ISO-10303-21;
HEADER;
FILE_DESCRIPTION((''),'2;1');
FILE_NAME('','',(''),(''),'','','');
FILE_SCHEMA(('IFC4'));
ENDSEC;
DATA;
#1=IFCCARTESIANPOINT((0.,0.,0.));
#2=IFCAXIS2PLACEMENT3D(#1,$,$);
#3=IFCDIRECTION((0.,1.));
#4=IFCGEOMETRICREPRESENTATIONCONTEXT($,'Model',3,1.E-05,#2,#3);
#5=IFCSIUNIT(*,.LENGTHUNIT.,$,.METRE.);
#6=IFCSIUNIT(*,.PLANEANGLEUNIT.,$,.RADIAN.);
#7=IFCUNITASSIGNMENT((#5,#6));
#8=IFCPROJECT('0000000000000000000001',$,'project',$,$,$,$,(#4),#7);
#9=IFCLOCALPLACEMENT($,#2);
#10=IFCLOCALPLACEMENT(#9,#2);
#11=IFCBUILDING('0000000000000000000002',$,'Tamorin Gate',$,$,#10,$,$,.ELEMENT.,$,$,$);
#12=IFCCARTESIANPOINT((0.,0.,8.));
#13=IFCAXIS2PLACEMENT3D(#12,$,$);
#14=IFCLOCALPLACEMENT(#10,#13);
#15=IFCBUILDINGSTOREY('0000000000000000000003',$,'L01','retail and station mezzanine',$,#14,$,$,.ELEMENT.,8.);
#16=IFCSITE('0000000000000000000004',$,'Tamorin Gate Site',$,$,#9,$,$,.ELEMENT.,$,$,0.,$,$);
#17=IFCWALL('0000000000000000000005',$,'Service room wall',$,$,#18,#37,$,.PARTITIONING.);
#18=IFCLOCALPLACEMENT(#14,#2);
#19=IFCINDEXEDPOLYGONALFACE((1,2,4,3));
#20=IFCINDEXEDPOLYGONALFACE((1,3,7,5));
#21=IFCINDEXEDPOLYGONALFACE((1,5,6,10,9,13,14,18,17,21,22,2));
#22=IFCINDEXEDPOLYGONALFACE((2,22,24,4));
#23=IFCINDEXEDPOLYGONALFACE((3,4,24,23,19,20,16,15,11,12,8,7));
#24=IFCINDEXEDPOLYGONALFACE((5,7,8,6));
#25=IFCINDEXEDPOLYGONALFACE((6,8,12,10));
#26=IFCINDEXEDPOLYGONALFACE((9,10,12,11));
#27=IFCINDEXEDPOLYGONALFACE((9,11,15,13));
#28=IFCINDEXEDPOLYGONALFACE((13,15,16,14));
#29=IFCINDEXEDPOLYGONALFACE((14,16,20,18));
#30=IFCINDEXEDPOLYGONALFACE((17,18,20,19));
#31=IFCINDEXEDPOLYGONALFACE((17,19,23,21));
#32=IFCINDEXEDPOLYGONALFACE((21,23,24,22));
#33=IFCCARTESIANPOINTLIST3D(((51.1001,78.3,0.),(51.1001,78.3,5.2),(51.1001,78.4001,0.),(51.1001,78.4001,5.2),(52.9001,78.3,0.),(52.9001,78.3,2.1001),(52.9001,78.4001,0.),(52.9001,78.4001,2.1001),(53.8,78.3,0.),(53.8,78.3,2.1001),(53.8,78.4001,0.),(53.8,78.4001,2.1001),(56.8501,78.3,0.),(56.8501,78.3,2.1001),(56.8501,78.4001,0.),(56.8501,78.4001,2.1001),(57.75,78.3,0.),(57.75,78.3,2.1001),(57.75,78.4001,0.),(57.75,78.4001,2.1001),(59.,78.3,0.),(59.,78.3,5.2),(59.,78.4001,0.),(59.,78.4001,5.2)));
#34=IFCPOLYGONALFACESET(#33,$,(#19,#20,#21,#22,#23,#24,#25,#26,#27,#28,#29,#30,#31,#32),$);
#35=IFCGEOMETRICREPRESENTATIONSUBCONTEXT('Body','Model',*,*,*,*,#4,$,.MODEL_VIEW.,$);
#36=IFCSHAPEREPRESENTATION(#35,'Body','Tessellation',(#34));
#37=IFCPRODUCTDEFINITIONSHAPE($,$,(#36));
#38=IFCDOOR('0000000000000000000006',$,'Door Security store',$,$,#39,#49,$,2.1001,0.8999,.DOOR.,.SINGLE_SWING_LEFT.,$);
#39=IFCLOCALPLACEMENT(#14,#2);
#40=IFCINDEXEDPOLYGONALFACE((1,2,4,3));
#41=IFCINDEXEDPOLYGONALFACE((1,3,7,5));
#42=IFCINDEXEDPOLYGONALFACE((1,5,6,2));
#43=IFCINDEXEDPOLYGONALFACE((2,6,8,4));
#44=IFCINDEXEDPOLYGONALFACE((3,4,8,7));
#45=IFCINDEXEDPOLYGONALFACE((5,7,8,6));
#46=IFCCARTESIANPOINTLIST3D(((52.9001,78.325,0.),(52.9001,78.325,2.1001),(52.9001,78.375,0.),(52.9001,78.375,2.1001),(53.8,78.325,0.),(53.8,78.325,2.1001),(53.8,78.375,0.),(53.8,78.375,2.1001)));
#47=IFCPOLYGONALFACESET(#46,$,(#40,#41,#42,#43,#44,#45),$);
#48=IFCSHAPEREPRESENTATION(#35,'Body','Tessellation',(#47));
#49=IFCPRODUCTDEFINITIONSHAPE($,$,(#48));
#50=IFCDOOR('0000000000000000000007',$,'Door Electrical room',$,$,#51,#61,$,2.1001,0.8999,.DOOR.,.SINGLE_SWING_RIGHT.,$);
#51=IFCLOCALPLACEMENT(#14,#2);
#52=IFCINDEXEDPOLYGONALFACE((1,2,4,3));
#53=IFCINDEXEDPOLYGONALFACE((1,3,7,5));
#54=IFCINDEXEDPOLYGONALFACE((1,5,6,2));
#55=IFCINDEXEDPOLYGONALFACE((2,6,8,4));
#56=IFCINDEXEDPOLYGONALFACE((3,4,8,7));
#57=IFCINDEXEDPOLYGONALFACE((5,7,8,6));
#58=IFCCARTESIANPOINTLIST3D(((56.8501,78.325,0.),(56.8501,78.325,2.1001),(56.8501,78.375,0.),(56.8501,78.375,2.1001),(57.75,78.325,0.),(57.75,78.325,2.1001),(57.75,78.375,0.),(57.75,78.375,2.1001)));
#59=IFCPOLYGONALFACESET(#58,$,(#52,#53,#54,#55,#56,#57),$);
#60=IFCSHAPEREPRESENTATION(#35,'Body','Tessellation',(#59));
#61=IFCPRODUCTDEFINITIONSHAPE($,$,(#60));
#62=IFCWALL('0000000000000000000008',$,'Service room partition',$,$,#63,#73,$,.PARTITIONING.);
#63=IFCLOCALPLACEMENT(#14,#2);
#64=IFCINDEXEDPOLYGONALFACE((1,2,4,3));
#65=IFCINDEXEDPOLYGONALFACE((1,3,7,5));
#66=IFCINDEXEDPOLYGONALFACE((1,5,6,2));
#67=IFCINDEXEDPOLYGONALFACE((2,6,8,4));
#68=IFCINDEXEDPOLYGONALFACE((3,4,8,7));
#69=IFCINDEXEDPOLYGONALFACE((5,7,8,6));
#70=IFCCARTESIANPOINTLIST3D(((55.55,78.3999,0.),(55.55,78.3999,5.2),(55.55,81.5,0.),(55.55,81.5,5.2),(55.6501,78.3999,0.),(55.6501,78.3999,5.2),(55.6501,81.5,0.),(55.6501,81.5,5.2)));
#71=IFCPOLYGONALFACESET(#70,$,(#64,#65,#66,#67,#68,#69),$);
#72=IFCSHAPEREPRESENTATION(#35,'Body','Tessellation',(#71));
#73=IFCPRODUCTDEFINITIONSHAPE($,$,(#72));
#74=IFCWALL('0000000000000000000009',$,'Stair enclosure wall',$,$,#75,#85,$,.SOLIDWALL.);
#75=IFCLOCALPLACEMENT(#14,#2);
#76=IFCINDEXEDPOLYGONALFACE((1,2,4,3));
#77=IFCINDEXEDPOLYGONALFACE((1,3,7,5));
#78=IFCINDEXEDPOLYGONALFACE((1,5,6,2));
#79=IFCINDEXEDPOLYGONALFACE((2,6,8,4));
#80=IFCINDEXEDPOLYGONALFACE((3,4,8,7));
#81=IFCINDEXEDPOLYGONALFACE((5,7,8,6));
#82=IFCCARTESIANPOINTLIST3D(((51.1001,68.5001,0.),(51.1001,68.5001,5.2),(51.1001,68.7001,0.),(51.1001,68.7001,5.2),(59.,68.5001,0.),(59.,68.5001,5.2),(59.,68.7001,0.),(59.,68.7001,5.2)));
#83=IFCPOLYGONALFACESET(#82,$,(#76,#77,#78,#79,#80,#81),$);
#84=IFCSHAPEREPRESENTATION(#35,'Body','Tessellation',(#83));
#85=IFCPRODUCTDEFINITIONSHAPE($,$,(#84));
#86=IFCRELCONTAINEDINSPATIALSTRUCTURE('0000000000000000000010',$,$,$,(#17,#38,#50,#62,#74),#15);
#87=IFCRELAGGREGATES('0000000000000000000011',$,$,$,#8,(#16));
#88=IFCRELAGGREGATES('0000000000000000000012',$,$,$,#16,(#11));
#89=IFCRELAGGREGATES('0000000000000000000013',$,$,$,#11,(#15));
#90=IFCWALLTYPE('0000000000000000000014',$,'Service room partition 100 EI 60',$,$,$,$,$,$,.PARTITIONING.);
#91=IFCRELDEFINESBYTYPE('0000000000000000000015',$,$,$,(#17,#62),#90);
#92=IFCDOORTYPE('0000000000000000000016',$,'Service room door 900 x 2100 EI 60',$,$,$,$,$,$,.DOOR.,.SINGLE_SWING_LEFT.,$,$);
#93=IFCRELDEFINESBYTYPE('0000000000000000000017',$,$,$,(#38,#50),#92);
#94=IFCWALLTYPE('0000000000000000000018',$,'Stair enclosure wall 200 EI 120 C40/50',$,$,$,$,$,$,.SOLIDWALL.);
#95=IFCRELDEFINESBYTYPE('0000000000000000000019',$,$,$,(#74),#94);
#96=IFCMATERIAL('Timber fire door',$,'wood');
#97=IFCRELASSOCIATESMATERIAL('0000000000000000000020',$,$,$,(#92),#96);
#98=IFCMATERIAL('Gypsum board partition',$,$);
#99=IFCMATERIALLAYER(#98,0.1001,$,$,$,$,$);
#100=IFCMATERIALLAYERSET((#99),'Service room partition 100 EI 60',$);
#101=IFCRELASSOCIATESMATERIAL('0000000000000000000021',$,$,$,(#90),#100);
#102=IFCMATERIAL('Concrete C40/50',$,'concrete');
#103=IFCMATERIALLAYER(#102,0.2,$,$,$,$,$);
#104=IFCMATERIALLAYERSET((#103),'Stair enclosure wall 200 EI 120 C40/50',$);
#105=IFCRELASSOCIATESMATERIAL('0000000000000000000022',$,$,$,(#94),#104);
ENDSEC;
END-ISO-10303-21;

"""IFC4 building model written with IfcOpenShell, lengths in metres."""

from ifc_helpers import new_model, si_unit, direction, frame, frame_2d, origin, place, context, subcontext, project, spatial, rectangle, extrude, material, layer, layer_set, type_object, element, fill, save


model = new_model("IFC4")

# Units and contexts
model_context = context("Model", 3, precision=1e-05, world=origin(), true_north=direction((0.0, 1.0)))
body_context = subcontext(model_context, "Body", "Model", "MODEL_VIEW")
ifc_project = project(units=[si_unit("LENGTHUNIT", "METRE"), si_unit("PLANEANGLEUNIT", "RADIAN")], contexts=[model_context])

# Site, building, storey
site_placement = place(None, origin())
site = spatial("IfcSite", under=ifc_project, at=site_placement, Name="Tamorin Gate Site", CompositionType="ELEMENT", RefElevation=0.0)
building_placement = place(site_placement, origin())
building = spatial("IfcBuilding", under=site, at=building_placement, Name="Tamorin Gate", CompositionType="ELEMENT")
storey_placement = place(building_placement, frame((0.0, 0.0, 8.0)))
storey = spatial("IfcBuildingStorey", under=building, at=storey_placement, Name="L01", Description="retail and station mezzanine", CompositionType="ELEMENT", Elevation=8.0)

# Shared definitions
ifc_material_1 = material(Name="Gypsum board partition")
ifc_material_2 = material(Name="Timber fire door", Category="wood")
door_type_1 = type_object("IfcDoorType", Name="Service room door 900 x 2100 EI 60", OperationType="SINGLE_SWING_LEFT", PredefinedType="DOOR", material=ifc_material_2)

# Shared definitions
ifc_layer_1 = layer(ifc_material_1, 0.1001)
ifc_layer_set_1 = layer_set([ifc_layer_1], Name="Service room partition 100 EI 60")
wall_type_1 = type_object("IfcWallType", Name="Service room partition 100 EI 60", PredefinedType="PARTITIONING", material=ifc_layer_set_1)

# Wall, openings, doors
wall_1_placement = place(storey_placement, frame((51.1001, 78.3501, 0.0), z_axis=(0.0, 0.0, 1.0), x_axis=(1.0, 0.0, 0.0)))
wall_1 = element("IfcWall", 1, at=wall_1_placement, inside=storey, type_object=wall_type_1, Name="Service room wall", PredefinedType="PARTITIONING", context=body_context, shape_type="SweptSolid", body=[
    extrude(rectangle(XDim=7.8999, YDim=0.1001, at=frame_2d((3.95, 0.0))), origin(), (0.0, 0.0, 1.0), 5.2),
])
opening_1_placement = place(wall_1_placement, frame((1.8, 0.0, 0.0)))
opening_1 = element("IfcOpeningElement", 2, at=opening_1_placement, cuts=wall_1, PredefinedType="OPENING", context=body_context, shape_type="SweptSolid", body=[
    extrude(rectangle(XDim=0.8999, YDim=2.1001, at=frame_2d((0.45, 1.05))), frame((0.0, 0.0601, 0.0), z_axis=(0.0, -1.0, 0.0), x_axis=(1.0, 0.0, 0.0)), (0.0, 0.0, 1.0), 0.1201),
])
opening_2_placement = place(wall_1_placement, frame((5.75, 0.0, 0.0)))
opening_2 = element("IfcOpeningElement", 3, at=opening_2_placement, cuts=wall_1, PredefinedType="OPENING", context=body_context, shape_type="SweptSolid", body=[
    extrude(rectangle(XDim=0.8999, YDim=2.1001, at=frame_2d((0.45, 1.05))), frame((0.0, 0.0601, 0.0), z_axis=(0.0, -1.0, 0.0), x_axis=(1.0, 0.0, 0.0)), (0.0, 0.0, 1.0), 0.1201),
])
door_1_placement = place(opening_1_placement, origin())
door_1 = element("IfcDoor", 4, at=door_1_placement, inside=storey, type_object=door_type_1, Name="Door Security store", OperationType="SINGLE_SWING_LEFT", OverallHeight=2.1001, OverallWidth=0.8999, PredefinedType="DOOR", context=body_context, shape_type="SweptSolid", body=[
    extrude(rectangle(XDim=0.8999, YDim=2.1001, at=frame_2d((0.45, 1.05))), frame((0.0, 0.0249, 0.0), z_axis=(0.0, -1.0, 0.0), x_axis=(1.0, 0.0, 0.0)), (0.0, 0.0, 1.0), 0.05),
])
fill(opening_1, door_1)
door_2_placement = place(opening_2_placement, origin())
door_2 = element("IfcDoor", 5, at=door_2_placement, inside=storey, type_object=door_type_1, Name="Door Electrical room", OperationType="SINGLE_SWING_RIGHT", OverallHeight=2.1001, OverallWidth=0.8999, PredefinedType="DOOR", context=body_context, shape_type="SweptSolid", body=[
    extrude(rectangle(XDim=0.8999, YDim=2.1001, at=frame_2d((0.45, 1.05))), frame((0.0, 0.0249, 0.0), z_axis=(0.0, -1.0, 0.0), x_axis=(1.0, 0.0, 0.0)), (0.0, 0.0, 1.0), 0.05),
])
fill(opening_2, door_2)

# Walls
wall_2_placement = place(storey_placement, frame((55.6001, 78.3999, 0.0), z_axis=(0.0, 0.0, 1.0), x_axis=(0.0, 1.0, 0.0)))
element("IfcWall", 6, at=wall_2_placement, inside=storey, type_object=wall_type_1, Name="Service room partition", PredefinedType="PARTITIONING", context=body_context, shape_type="SweptSolid", body=[
    extrude(rectangle(XDim=3.1001, YDim=0.1001, at=frame_2d((1.55, 0.0))), origin(), (0.0, 0.0, 1.0), 5.2),
])
ifc_material_3 = material(Name="Concrete C40/50", Category="concrete")
ifc_layer_2 = layer(ifc_material_3, 0.2)
ifc_layer_set_2 = layer_set([ifc_layer_2], Name="Stair enclosure wall 200 EI 120 C40/50")
wall_type_2 = type_object("IfcWallType", Name="Stair enclosure wall 200 EI 120 C40/50", PredefinedType="SOLIDWALL", material=ifc_layer_set_2)
wall_3_placement = place(storey_placement, frame((51.1001, 68.6001, 0.0), z_axis=(0.0, 0.0, 1.0), x_axis=(1.0, 0.0, 0.0)))
element("IfcWall", 7, at=wall_3_placement, inside=storey, type_object=wall_type_2, Name="Stair enclosure wall", PredefinedType="SOLIDWALL", context=body_context, shape_type="SweptSolid", body=[
    extrude(rectangle(XDim=7.8999, YDim=0.2, at=frame_2d((3.95, 0.0))), origin(), (0.0, 0.0, 1.0), 5.2),
])

save(model, "model.ifc")
